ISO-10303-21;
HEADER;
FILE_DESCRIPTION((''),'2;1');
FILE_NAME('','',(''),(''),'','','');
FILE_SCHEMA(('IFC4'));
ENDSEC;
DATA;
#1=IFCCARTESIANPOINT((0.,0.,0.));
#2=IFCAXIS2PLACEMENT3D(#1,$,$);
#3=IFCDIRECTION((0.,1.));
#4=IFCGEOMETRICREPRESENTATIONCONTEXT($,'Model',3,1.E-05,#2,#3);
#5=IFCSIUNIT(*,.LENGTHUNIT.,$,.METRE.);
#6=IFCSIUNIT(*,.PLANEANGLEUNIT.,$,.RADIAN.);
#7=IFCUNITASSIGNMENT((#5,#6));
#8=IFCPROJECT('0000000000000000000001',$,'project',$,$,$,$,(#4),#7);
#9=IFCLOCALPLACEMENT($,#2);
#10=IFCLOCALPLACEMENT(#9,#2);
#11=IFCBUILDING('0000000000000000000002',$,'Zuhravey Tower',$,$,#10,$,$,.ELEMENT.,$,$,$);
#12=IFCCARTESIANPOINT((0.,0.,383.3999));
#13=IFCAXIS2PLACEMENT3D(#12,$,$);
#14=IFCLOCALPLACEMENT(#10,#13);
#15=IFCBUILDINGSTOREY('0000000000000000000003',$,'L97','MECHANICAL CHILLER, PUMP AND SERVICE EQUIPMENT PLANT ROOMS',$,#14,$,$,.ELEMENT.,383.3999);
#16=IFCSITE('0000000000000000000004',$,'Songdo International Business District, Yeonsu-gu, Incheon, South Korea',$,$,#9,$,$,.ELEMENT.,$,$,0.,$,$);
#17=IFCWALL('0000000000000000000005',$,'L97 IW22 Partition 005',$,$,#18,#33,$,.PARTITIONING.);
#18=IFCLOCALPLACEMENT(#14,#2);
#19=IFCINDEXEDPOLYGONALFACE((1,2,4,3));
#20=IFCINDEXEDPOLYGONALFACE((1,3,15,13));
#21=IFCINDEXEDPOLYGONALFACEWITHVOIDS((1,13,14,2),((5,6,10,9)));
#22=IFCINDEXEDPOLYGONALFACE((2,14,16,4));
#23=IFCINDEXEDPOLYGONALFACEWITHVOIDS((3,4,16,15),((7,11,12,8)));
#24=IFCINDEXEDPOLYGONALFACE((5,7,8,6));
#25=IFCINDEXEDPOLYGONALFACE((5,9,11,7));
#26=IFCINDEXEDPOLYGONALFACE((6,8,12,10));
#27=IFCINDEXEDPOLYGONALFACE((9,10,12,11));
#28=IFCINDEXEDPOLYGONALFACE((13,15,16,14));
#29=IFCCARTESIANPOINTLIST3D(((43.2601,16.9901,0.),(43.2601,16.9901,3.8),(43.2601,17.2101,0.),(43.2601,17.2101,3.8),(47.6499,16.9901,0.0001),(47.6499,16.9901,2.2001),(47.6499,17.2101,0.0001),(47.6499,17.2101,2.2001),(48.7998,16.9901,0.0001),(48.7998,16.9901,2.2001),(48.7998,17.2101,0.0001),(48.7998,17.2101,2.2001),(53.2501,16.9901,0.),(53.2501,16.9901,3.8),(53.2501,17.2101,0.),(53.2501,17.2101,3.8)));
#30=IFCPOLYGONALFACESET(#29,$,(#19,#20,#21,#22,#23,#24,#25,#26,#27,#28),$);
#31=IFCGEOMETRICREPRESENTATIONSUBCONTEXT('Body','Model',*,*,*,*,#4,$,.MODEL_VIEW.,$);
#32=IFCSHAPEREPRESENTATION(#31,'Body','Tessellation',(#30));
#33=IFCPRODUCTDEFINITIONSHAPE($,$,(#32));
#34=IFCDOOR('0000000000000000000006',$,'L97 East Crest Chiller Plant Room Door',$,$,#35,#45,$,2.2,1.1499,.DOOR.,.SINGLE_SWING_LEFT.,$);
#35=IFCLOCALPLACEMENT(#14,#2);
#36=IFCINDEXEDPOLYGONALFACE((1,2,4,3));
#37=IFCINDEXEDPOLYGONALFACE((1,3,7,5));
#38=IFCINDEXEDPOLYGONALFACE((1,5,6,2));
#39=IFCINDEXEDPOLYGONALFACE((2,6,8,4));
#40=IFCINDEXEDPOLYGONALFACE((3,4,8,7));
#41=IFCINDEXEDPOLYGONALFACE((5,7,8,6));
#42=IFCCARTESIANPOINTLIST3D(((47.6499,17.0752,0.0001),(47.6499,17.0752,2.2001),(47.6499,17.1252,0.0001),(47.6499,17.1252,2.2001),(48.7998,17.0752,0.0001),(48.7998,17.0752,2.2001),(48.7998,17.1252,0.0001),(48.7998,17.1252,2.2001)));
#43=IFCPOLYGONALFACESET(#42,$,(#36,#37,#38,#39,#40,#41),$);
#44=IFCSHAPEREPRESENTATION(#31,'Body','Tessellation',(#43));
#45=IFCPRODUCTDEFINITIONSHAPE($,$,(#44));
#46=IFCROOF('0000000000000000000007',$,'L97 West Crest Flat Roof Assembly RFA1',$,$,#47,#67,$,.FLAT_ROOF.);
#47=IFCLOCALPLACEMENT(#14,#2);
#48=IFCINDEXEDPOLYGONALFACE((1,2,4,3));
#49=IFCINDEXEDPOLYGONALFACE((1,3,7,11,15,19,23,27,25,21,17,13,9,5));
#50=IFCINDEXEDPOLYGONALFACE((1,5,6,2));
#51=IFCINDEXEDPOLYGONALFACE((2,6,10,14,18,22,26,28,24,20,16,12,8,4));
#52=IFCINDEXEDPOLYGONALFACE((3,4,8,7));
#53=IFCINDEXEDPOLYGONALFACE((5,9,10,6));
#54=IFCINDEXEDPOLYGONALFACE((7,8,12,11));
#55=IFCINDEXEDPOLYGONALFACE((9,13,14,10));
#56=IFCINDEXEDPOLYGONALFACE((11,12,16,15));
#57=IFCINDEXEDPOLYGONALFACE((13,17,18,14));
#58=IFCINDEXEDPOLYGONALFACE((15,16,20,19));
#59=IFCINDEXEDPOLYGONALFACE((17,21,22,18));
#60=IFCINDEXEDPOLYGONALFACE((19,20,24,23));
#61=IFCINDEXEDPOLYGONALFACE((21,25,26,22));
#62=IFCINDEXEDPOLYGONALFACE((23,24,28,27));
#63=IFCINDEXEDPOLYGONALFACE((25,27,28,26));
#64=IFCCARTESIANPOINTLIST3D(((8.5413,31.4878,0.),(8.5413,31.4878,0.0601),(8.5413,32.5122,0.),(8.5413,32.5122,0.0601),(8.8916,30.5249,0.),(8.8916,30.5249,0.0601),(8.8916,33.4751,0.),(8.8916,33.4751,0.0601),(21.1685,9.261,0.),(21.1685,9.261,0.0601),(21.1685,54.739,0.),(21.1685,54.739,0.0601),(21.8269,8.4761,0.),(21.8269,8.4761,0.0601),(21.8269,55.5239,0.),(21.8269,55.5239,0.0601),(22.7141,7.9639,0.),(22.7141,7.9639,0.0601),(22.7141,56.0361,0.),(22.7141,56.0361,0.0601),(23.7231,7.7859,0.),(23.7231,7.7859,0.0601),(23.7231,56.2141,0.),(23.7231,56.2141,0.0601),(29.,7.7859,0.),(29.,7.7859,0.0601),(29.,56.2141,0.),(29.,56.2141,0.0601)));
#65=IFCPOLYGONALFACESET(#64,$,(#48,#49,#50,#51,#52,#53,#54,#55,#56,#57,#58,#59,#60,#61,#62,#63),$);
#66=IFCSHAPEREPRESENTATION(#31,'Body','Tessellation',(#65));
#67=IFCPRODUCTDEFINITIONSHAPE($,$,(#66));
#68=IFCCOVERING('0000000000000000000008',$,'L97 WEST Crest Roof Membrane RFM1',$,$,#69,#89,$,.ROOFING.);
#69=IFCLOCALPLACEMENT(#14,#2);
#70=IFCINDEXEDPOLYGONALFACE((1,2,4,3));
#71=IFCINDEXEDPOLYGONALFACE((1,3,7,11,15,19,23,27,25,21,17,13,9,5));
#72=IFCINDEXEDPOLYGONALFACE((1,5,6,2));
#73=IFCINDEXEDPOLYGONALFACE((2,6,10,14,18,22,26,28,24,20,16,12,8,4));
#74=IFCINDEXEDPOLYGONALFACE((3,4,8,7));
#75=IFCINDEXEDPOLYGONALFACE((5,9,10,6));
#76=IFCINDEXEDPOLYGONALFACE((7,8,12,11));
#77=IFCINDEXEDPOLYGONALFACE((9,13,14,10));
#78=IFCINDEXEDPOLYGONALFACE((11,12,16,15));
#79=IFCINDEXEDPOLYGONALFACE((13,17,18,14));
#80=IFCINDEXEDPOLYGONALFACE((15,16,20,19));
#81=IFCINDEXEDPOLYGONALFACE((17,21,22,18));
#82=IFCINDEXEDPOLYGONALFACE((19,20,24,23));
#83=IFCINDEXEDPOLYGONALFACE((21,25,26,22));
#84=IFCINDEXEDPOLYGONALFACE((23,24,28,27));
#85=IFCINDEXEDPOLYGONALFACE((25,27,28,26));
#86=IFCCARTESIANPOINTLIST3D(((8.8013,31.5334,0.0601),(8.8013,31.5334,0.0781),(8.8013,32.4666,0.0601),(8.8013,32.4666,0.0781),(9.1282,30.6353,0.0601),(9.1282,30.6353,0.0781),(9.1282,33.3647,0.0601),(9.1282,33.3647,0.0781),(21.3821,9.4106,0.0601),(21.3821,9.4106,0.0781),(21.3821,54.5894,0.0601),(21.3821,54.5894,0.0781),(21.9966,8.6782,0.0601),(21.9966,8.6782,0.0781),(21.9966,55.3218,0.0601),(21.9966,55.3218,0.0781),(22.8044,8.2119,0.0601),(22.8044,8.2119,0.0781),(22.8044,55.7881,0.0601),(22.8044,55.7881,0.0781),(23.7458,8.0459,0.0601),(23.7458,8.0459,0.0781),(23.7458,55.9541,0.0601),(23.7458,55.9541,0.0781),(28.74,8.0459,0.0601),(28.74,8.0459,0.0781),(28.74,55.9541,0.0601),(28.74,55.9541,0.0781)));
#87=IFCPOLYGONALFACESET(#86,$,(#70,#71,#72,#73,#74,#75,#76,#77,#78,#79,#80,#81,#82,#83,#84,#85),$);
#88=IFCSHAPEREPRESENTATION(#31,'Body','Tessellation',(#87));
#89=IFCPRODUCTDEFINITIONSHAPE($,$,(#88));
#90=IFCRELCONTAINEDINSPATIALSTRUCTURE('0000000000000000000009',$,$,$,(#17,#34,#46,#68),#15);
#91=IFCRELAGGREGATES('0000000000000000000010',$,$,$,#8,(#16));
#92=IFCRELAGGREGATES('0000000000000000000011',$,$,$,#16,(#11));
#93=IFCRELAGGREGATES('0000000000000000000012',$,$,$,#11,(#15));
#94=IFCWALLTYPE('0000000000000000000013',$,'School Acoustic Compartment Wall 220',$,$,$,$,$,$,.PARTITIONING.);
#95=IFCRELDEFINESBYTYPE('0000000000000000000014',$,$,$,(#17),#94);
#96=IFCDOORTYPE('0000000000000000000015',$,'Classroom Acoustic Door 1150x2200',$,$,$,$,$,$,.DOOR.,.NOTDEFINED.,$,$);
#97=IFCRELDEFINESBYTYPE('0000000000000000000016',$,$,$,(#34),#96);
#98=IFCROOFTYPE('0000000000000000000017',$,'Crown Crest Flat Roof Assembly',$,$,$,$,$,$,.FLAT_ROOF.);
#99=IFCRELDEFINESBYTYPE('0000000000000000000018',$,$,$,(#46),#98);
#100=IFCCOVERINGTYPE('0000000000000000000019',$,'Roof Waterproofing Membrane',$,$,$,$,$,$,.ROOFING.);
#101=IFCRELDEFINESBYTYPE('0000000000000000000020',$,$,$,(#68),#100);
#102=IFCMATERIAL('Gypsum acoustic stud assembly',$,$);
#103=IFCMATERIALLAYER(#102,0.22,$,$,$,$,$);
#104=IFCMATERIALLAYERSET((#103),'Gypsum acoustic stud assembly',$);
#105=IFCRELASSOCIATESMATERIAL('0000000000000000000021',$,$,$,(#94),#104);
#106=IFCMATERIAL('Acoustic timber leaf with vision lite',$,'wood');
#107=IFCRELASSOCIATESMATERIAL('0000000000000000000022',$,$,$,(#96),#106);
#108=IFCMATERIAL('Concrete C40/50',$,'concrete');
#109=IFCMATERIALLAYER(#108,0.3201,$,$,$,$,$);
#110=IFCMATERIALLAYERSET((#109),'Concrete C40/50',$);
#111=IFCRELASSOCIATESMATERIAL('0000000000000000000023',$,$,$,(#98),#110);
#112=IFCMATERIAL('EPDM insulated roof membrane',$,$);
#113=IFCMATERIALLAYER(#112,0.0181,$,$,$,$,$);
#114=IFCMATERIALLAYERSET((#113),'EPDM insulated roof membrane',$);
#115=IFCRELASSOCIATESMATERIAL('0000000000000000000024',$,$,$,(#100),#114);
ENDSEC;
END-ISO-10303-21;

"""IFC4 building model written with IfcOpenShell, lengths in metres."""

from ifc_helpers import new_model, si_unit, direction, frame, frame_2d, origin, place, context, subcontext, project, spatial, polyline, rectangle, outline, extrude, material, layer, layer_set, type_object, element, fill, save


model = new_model("IFC4")

# Units and contexts
model_context = context("Model", 3, precision=1e-05, world=origin(), true_north=direction((0.0, 1.0)))
body_context = subcontext(model_context, "Body", "Model", "MODEL_VIEW")
ifc_project = project(units=[si_unit("LENGTHUNIT", "METRE"), si_unit("PLANEANGLEUNIT", "RADIAN")], contexts=[model_context])

# Site, building, storey
site_placement = place(None, origin())
site = spatial("IfcSite", under=ifc_project, at=site_placement, Name="Songdo International Business District, Yeonsu-gu, Incheon, South Korea", CompositionType="ELEMENT", RefElevation=0.0)
building_placement = place(site_placement, origin())
building = spatial("IfcBuilding", under=site, at=building_placement, Name="Zuhravey Tower", CompositionType="ELEMENT")
storey_placement = place(building_placement, frame((0.0, 0.0, 383.3999)))
storey = spatial("IfcBuildingStorey", under=building, at=storey_placement, Name="L97", Description="MECHANICAL CHILLER, PUMP AND SERVICE EQUIPMENT PLANT ROOMS", CompositionType="ELEMENT", Elevation=383.3999)

# Shared definitions
ifc_material_1 = material(Name="Concrete C40/50", Category="concrete")

# Wall, opening, door
ifc_material_2 = material(Name="Gypsum acoustic stud assembly")
ifc_layer_1 = layer(ifc_material_2, 0.22)
ifc_layer_set_1 = layer_set([ifc_layer_1], Name="Gypsum acoustic stud assembly")
wall_type_1 = type_object("IfcWallType", Name="School Acoustic Compartment Wall 220", PredefinedType="PARTITIONING", material=ifc_layer_set_1)
wall_1_placement = place(storey_placement, frame((43.26, 17.1001, 0.0), z_axis=(0.0, 0.0, 1.0), x_axis=(1.0, 0.0, 0.0)))
wall_1 = element("IfcWall", 1, at=wall_1_placement, inside=storey, type_object=wall_type_1, Name="L97 IW22 Partition 005", PredefinedType="PARTITIONING", context=body_context, shape_type="SweptSolid", body=[
    extrude(rectangle(XDim=9.99, YDim=0.22, at=frame_2d((4.9951, 0.0))), origin(), (0.0, 0.0, 1.0), 3.8),
])
opening_1_placement = place(wall_1_placement, frame((4.3899, 0.0, 0.0)))
opening_1 = element("IfcOpeningElement", 2, at=opening_1_placement, cuts=wall_1, PredefinedType="OPENING", context=body_context, shape_type="SweptSolid", body=[
    extrude(rectangle(XDim=1.1499, YDim=2.2, at=frame_2d((0.575, 1.1001))), frame((0.0, 0.1221, 0.0), z_axis=(0.0, -1.0, 0.0), x_axis=(1.0, 0.0, 0.0)), (0.0, 0.0, 1.0), 0.2439),
])
ifc_material_3 = material(Name="Acoustic timber leaf with vision lite", Category="wood")
door_type = type_object("IfcDoorType", Name="Classroom Acoustic Door 1150x2200", OperationType="NOTDEFINED", PredefinedType="DOOR", material=ifc_material_3)
door_placement = place(opening_1_placement, frame((1.1499, 0.0, 0.0), z_axis=(0.0, 0.0, 1.0), x_axis=(-1.0, 0.0, 0.0)))
door = element("IfcDoor", 3, at=door_placement, inside=storey, type_object=door_type, Name="L97 East Crest Chiller Plant Room Door", OperationType="SINGLE_SWING_LEFT", OverallHeight=2.2, OverallWidth=1.1499, PredefinedType="DOOR", context=body_context, shape_type="SweptSolid", body=[
    extrude(rectangle(XDim=1.1499, YDim=2.2, at=frame_2d((0.575, 1.1001))), frame((0.0, 0.0249, 0.0), z_axis=(0.0, -1.0, 0.0), x_axis=(1.0, 0.0, 0.0)), (0.0, 0.0, 1.0), 0.05),
])
fill(opening_1, door)

# Roof
ifc_layer_2 = layer(ifc_material_1, 0.3201)
ifc_layer_set_2 = layer_set([ifc_layer_2], Name="Concrete C40/50")
roof_type = type_object("IfcRoofType", Name="Crown Crest Flat Roof Assembly", PredefinedType="FLAT_ROOF", material=ifc_layer_set_2)
roof_placement = place(storey_placement, origin())
element("IfcRoof", 4, at=roof_placement, inside=storey, type_object=roof_type, Name="L97 West Crest Flat Roof Assembly RFA1", PredefinedType="FLAT_ROOF", context=body_context, shape_type="SweptSolid", body=[
    extrude(outline(polyline([(23.7231, 7.7859), (22.7141, 7.9639), (21.8269, 8.4761), (21.1685, 9.261), (8.8916, 30.5249), (8.5413, 31.4878), (8.5413, 32.5122), (8.8916, 33.4751), (21.1685, 54.739), (21.8269, 55.5239), (22.7141, 56.0361), (23.7231, 56.2141), (29.0, 56.2141), (29.0, 7.7859), (23.7231, 7.7859)])), origin(), (0.0, 0.0, 1.0), 0.0601),
])

# Covering
ifc_material_4 = material(Name="EPDM insulated roof membrane")
ifc_layer_3 = layer(ifc_material_4, 0.0181)
ifc_layer_set_3 = layer_set([ifc_layer_3], Name="EPDM insulated roof membrane")
covering_type = type_object("IfcCoveringType", Name="Roof Waterproofing Membrane", PredefinedType="ROOFING", material=ifc_layer_set_3)
covering_placement = place(storey_placement, frame((0.0, 0.0, 0.0601)))
element("IfcCovering", 5, at=covering_placement, inside=storey, type_object=covering_type, Name="L97 WEST Crest Roof Membrane RFM1", PredefinedType="ROOFING", context=body_context, shape_type="SweptSolid", body=[
    extrude(outline(polyline([(23.7458, 8.0459), (22.8044, 8.2119), (21.9966, 8.6782), (21.3821, 9.4106), (9.1282, 30.6353), (8.8013, 31.5334), (8.8013, 32.4666), (9.1282, 33.3647), (21.3821, 54.5894), (21.9966, 55.3218), (22.8044, 55.7881), (23.7458, 55.9541), (28.74, 55.9541), (28.74, 8.0459), (23.7458, 8.0459)])), origin(), (0.0, 0.0, 1.0), 0.0181),
])

save(model, "model.ifc")
